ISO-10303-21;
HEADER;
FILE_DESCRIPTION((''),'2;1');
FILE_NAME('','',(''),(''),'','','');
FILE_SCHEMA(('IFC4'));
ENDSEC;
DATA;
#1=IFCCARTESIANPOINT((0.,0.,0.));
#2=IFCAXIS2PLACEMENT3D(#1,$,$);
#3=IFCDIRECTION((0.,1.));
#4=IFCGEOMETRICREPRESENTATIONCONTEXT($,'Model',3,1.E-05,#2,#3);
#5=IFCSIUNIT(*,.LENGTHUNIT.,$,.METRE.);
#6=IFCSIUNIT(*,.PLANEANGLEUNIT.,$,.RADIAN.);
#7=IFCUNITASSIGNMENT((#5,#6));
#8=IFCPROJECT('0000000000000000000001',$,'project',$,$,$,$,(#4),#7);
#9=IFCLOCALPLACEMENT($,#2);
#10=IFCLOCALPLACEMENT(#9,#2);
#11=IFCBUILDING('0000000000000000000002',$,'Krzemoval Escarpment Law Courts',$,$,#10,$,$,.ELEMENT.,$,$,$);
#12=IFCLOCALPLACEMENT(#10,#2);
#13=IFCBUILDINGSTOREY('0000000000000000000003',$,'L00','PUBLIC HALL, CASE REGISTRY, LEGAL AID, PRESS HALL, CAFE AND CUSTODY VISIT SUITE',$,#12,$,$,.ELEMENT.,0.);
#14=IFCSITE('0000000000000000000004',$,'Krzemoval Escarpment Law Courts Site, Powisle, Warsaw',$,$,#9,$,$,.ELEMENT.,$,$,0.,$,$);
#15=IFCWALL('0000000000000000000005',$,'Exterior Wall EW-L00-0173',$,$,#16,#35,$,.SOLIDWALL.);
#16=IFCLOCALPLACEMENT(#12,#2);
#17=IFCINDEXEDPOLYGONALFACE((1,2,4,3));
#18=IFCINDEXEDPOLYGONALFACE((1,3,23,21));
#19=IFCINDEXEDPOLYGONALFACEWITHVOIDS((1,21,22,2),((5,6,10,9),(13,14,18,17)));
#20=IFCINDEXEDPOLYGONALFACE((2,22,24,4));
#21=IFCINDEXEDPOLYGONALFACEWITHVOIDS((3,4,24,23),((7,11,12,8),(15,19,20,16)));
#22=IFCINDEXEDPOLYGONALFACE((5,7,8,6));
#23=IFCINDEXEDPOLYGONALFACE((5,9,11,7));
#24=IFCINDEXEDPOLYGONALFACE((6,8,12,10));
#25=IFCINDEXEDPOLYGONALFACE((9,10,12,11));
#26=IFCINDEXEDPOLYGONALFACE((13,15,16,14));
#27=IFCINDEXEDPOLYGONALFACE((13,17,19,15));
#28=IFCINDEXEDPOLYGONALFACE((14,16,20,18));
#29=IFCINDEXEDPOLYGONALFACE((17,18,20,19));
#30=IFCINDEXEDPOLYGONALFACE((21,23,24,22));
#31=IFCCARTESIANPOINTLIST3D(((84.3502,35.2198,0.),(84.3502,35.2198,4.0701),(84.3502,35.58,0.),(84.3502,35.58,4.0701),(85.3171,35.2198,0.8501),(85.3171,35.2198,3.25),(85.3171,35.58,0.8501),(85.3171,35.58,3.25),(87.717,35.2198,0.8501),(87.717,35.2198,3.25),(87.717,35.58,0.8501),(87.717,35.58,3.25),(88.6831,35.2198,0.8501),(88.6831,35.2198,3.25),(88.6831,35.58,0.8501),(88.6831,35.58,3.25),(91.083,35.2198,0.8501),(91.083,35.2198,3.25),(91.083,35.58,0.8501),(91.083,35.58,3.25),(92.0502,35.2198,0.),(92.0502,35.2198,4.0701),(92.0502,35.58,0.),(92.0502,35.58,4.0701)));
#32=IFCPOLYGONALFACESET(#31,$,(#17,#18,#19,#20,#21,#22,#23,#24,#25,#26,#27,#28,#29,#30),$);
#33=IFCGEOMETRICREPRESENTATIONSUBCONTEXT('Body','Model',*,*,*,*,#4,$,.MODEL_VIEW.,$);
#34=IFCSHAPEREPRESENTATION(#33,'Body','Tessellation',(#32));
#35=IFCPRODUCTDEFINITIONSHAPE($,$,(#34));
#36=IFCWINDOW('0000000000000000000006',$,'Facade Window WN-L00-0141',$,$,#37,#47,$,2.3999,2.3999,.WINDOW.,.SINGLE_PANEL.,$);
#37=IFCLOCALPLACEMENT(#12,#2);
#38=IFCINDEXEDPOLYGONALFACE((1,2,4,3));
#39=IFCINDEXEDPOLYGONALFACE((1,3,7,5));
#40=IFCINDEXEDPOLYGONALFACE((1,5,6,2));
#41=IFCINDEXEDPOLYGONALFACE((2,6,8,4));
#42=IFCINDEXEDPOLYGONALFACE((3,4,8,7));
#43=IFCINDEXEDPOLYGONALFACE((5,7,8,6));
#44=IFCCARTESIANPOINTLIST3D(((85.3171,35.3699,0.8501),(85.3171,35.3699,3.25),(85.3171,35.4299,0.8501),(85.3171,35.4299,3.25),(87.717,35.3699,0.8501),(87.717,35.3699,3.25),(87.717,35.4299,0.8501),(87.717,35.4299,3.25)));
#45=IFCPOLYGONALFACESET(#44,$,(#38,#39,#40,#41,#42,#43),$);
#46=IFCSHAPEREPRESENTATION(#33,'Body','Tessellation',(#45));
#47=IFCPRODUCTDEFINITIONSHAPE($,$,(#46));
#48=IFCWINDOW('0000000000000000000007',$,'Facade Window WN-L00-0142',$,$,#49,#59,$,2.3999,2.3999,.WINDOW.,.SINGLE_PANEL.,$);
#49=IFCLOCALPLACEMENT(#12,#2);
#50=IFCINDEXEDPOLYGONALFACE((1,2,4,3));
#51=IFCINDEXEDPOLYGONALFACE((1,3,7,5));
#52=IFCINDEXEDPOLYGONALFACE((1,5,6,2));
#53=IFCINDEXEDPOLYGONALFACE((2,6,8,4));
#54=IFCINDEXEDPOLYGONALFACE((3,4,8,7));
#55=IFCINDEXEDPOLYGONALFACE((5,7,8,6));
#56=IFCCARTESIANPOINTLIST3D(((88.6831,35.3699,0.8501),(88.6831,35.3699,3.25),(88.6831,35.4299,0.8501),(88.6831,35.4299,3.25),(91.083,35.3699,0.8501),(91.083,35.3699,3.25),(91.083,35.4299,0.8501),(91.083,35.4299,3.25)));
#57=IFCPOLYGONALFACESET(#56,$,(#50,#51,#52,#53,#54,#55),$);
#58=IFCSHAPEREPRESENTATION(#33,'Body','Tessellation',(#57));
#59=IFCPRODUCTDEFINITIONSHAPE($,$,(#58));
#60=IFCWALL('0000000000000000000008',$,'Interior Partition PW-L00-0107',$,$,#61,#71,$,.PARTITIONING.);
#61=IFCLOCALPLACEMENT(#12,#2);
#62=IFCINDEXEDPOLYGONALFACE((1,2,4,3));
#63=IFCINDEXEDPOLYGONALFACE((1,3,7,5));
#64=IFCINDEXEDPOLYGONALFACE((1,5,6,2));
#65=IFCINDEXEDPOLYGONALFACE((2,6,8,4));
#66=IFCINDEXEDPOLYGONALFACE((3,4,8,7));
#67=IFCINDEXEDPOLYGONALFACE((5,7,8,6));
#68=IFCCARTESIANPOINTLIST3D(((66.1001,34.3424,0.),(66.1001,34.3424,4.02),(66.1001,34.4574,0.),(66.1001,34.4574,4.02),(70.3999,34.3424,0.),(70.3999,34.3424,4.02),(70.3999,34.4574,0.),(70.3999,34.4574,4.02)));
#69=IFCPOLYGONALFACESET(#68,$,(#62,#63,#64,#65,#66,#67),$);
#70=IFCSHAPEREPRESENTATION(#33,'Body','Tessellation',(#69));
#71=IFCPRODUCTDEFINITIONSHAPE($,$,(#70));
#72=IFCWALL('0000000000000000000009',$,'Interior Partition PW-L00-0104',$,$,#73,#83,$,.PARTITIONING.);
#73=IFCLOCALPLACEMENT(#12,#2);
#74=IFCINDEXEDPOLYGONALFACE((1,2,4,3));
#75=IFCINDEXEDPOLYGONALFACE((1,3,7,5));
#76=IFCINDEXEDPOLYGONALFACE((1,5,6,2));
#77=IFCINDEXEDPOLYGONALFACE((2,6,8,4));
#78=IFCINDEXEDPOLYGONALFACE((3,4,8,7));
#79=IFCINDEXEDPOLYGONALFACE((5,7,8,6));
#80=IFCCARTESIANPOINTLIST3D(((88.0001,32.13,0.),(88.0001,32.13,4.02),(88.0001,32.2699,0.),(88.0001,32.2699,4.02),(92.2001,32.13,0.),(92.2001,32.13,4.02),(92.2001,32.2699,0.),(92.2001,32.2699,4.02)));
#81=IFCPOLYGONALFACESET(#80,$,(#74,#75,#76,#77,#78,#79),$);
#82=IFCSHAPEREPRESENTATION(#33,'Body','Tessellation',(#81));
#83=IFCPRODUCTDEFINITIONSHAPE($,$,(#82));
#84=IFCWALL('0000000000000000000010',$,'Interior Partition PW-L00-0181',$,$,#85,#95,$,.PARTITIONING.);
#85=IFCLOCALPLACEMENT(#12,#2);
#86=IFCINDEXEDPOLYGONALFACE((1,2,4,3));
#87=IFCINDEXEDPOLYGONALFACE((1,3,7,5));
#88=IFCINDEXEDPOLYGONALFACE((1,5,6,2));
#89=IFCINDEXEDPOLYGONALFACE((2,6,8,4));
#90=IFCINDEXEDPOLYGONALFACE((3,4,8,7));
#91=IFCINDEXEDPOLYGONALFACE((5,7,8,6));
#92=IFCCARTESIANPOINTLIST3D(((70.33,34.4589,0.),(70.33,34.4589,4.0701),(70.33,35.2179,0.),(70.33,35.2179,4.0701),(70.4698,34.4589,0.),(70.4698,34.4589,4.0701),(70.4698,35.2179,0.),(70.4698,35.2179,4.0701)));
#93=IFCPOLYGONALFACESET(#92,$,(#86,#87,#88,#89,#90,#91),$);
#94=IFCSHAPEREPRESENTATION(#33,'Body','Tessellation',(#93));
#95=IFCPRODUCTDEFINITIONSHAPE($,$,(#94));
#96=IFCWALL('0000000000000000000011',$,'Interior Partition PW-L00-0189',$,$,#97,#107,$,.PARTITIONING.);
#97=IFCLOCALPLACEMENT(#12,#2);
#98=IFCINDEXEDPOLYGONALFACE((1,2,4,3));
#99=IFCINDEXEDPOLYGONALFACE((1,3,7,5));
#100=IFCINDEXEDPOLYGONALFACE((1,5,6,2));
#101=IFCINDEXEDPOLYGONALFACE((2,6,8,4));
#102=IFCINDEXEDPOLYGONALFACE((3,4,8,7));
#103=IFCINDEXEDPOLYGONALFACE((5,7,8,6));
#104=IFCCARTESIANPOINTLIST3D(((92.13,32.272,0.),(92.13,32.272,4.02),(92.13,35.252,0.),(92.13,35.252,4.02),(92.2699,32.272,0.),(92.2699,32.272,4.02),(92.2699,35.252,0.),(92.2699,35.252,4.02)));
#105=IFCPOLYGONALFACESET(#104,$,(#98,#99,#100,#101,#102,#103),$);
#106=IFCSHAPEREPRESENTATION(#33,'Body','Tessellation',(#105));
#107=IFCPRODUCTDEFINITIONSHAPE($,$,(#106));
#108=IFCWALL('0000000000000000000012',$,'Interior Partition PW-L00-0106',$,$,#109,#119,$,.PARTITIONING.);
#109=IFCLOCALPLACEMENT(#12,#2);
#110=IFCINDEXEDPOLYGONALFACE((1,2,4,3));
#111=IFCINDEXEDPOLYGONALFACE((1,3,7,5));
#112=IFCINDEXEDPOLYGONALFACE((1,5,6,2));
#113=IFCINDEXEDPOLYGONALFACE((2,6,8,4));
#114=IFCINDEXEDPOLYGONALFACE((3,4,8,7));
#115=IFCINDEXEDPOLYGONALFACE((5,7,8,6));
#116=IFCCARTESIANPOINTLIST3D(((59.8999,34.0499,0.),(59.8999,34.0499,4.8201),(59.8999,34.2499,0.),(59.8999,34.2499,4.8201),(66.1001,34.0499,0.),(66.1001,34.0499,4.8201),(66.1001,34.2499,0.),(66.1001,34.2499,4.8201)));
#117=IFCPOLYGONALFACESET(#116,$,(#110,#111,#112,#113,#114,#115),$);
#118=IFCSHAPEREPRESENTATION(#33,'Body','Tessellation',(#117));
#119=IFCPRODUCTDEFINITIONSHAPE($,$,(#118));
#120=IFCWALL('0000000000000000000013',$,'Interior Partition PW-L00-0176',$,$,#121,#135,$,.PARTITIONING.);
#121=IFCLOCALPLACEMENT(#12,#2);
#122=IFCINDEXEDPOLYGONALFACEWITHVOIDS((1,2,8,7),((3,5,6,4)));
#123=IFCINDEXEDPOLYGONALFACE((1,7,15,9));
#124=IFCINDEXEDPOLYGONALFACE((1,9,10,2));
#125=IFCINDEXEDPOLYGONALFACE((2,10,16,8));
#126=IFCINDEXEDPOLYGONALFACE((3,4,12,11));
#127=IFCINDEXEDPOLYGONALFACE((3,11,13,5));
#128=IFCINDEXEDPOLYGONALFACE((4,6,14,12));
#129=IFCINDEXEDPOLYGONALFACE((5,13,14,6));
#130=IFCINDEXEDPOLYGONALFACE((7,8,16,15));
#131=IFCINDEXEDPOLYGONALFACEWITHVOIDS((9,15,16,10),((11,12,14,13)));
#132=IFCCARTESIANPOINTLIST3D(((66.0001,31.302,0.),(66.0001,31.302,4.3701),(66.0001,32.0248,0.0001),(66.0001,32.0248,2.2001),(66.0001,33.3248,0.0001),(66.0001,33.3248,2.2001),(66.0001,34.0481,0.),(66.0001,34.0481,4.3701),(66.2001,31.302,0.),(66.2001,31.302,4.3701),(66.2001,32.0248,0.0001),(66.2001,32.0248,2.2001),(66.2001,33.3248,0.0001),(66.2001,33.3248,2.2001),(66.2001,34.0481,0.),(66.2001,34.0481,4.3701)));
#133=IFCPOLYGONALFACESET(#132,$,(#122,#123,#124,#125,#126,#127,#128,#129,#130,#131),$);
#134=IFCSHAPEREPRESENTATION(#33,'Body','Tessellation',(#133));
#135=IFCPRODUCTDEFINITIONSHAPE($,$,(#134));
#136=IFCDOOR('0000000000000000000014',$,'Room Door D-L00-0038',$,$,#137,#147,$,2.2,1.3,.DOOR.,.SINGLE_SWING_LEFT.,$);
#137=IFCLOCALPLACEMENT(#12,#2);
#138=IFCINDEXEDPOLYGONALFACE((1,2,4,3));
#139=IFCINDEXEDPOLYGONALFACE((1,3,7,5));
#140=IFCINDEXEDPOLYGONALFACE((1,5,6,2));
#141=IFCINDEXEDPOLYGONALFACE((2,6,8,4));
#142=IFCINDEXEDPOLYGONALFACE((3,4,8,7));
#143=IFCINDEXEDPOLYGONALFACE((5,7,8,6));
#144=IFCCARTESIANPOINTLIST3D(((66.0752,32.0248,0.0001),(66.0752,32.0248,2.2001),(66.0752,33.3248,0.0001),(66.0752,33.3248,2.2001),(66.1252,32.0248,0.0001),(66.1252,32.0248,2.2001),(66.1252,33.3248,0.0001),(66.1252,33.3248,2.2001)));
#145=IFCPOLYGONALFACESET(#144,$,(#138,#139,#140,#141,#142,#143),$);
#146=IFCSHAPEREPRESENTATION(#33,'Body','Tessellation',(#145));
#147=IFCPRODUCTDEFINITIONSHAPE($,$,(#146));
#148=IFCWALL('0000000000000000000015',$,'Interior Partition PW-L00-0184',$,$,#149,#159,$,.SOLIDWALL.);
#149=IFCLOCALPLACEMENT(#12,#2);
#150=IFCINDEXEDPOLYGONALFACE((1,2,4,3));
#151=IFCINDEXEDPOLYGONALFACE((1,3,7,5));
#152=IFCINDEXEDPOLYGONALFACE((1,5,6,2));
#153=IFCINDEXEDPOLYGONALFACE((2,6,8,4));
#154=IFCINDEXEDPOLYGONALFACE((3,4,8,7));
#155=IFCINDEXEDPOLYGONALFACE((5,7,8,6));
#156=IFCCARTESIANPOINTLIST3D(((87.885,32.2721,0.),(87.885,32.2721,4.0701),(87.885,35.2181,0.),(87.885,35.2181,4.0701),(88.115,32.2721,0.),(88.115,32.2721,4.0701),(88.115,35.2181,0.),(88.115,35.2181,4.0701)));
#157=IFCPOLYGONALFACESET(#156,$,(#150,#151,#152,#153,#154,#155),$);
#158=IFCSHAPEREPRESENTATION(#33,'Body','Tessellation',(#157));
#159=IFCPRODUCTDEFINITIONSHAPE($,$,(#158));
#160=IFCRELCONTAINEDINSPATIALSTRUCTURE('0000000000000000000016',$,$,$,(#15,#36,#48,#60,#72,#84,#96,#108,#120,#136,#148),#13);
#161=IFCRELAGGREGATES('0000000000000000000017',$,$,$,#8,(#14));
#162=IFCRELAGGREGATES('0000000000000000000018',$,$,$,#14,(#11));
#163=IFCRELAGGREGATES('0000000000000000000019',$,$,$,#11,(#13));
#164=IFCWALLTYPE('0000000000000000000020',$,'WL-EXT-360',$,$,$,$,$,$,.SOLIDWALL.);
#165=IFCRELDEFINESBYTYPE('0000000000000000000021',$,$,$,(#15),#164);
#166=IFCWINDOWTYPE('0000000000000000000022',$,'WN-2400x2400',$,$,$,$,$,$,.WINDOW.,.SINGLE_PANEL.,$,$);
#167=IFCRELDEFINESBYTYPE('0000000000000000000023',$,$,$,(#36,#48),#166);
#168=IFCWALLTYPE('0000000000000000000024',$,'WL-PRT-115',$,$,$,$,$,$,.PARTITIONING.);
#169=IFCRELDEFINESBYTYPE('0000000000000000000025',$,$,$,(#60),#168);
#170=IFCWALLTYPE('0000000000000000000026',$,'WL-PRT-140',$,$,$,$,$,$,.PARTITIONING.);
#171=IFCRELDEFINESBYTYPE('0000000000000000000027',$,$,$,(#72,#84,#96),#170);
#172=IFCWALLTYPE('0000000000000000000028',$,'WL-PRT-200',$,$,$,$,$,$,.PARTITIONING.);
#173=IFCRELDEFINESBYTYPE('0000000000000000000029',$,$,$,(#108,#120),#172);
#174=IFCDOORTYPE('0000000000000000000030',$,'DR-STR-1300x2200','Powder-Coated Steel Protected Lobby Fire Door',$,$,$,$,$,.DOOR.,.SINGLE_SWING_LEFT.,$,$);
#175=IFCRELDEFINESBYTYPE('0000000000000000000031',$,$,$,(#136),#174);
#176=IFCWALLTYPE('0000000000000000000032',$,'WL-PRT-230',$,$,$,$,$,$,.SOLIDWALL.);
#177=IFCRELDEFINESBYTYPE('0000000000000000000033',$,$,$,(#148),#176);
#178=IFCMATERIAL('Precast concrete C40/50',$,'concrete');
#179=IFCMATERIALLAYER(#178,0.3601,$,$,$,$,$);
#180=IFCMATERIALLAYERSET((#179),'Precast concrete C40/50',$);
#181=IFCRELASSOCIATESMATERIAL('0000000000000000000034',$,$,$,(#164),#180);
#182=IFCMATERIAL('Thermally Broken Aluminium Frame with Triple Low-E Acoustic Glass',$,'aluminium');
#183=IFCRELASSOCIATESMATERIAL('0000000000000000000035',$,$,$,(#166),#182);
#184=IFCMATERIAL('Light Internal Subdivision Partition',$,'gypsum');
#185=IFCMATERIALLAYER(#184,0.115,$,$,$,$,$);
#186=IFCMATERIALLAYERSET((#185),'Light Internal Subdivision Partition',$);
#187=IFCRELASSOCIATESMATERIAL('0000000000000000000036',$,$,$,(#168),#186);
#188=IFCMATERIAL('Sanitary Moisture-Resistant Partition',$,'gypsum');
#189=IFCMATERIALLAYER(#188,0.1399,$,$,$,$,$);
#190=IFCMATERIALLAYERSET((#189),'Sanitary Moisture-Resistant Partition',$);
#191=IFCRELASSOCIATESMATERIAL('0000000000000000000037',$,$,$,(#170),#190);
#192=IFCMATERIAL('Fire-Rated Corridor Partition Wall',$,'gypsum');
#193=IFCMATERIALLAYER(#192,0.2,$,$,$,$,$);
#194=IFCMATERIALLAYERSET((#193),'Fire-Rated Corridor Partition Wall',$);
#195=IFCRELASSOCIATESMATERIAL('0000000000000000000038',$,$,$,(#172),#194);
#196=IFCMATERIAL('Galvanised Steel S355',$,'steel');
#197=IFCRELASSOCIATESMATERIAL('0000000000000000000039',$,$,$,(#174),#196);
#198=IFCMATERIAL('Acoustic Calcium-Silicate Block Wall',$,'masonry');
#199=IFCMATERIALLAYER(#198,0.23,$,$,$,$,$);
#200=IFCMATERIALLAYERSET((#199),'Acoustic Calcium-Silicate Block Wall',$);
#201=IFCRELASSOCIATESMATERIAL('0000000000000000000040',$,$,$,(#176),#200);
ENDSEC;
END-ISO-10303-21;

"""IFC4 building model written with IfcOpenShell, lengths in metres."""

from ifc_helpers import new_model, si_unit, direction, frame, frame_2d, origin, place, context, subcontext, project, spatial, rectangle, extrude, material, layer, layer_set, type_object, element, fill, save


model = new_model("IFC4")

# Units and contexts
model_context = context("Model", 3, precision=1e-05, world=origin(), true_north=direction((0.0, 1.0)))
body_context = subcontext(model_context, "Body", "Model", "MODEL_VIEW")
ifc_project = project(units=[si_unit("LENGTHUNIT", "METRE"), si_unit("PLANEANGLEUNIT", "RADIAN")], contexts=[model_context])

# Site, building, storey
site_placement = place(None, origin())
site = spatial("IfcSite", under=ifc_project, at=site_placement, Name="Krzemoval Escarpment Law Courts Site, Powisle, Warsaw", CompositionType="ELEMENT", RefElevation=0.0)
building_placement = place(site_placement, origin())
building = spatial("IfcBuilding", under=site, at=building_placement, Name="Krzemoval Escarpment Law Courts", CompositionType="ELEMENT")
storey_placement = place(building_placement, origin())
storey = spatial("IfcBuildingStorey", under=building, at=storey_placement, Name="L00", Description="PUBLIC HALL, CASE REGISTRY, LEGAL AID, PRESS HALL, CAFE AND CUSTODY VISIT SUITE", CompositionType="ELEMENT", Elevation=0.0)

# Shared definitions
ifc_material_1 = material(Name="Precast concrete C40/50", Category="concrete")
ifc_layer_1 = layer(ifc_material_1, 0.3601)
ifc_layer_set_1 = layer_set([ifc_layer_1], Name="Precast concrete C40/50")
wall_type_1 = type_object("IfcWallType", Name="WL-EXT-360", PredefinedType="SOLIDWALL", material=ifc_layer_set_1)
ifc_material_2 = material(Name="Thermally Broken Aluminium Frame with Triple Low-E Acoustic Glass", Category="aluminium")
window_type = type_object("IfcWindowType", Name="WN-2400x2400", PartitioningType="SINGLE_PANEL", PredefinedType="WINDOW", material=ifc_material_2)

# Wall, openings, windows
wall_1_placement = place(storey_placement, frame((84.3501, 35.3999, 0.0), z_axis=(0.0, 0.0, 1.0), x_axis=(1.0, 0.0, 0.0)))
wall_1 = element("IfcWall", 1, at=wall_1_placement, inside=storey, type_object=wall_type_1, Name="Exterior Wall EW-L00-0173", PredefinedType="SOLIDWALL", context=body_context, shape_type="SweptSolid", body=[
    extrude(rectangle(XDim=7.7, YDim=0.3601, at=frame_2d((3.8501, 0.0))), origin(), (0.0, 0.0, 1.0), 4.0701),
])
opening_1_placement = place(wall_1_placement, frame((0.967, 0.0, 0.8501)))
opening_1 = element("IfcOpeningElement", 2, at=opening_1_placement, cuts=wall_1, PredefinedType="OPENING", context=body_context, shape_type="SweptSolid", body=[
    extrude(rectangle(XDim=2.3999, YDim=2.3999, at=frame_2d((1.2, 1.2))), frame((0.0, 0.1951, 0.0), z_axis=(0.0, -1.0, 0.0), x_axis=(1.0, 0.0, 0.0)), (0.0, 0.0, 1.0), 0.3901),
])
opening_2_placement = place(wall_1_placement, frame((4.333, 0.0, 0.8501)))
opening_2 = element("IfcOpeningElement", 3, at=opening_2_placement, cuts=wall_1, PredefinedType="OPENING", context=body_context, shape_type="SweptSolid", body=[
    extrude(rectangle(XDim=2.3999, YDim=2.3999, at=frame_2d((1.2, 1.2))), frame((0.0, 0.1951, 0.0), z_axis=(0.0, -1.0, 0.0), x_axis=(1.0, 0.0, 0.0)), (0.0, 0.0, 1.0), 0.3901),
])
window_1_placement = place(opening_1_placement, origin())
window_1 = element("IfcWindow", 4, at=window_1_placement, inside=storey, type_object=window_type, Name="Facade Window WN-L00-0141", OverallHeight=2.3999, OverallWidth=2.3999, PartitioningType="SINGLE_PANEL", PredefinedType="WINDOW", context=body_context, shape_type="SweptSolid", body=[
    extrude(rectangle(XDim=2.3999, YDim=2.3999, at=frame_2d((1.2, 1.2))), frame((0.0, 0.03, 0.0), z_axis=(0.0, -1.0, 0.0), x_axis=(1.0, 0.0, 0.0)), (0.0, 0.0, 1.0), 0.0601),
])
fill(opening_1, window_1)
window_2_placement = place(opening_2_placement, origin())
window_2 = element("IfcWindow", 5, at=window_2_placement, inside=storey, type_object=window_type, Name="Facade Window WN-L00-0142", OverallHeight=2.3999, OverallWidth=2.3999, PartitioningType="SINGLE_PANEL", PredefinedType="WINDOW", context=body_context, shape_type="SweptSolid", body=[
    extrude(rectangle(XDim=2.3999, YDim=2.3999, at=frame_2d((1.2, 1.2))), frame((0.0, 0.03, 0.0), z_axis=(0.0, -1.0, 0.0), x_axis=(1.0, 0.0, 0.0)), (0.0, 0.0, 1.0), 0.0601),
])
fill(opening_2, window_2)

# Walls
ifc_material_3 = material(Name="Light Internal Subdivision Partition", Category="gypsum")
ifc_layer_2 = layer(ifc_material_3, 0.115)
ifc_layer_set_2 = layer_set([ifc_layer_2], Name="Light Internal Subdivision Partition")
wall_type_2 = type_object("IfcWallType", Name="WL-PRT-115", PredefinedType="PARTITIONING", material=ifc_layer_set_2)
wall_2_placement = place(storey_placement, frame((66.1001, 34.3999, 0.0), z_axis=(0.0, 0.0, 1.0), x_axis=(1.0, 0.0, 0.0)))
element("IfcWall", 6, at=wall_2_placement, inside=storey, type_object=wall_type_2, Name="Interior Partition PW-L00-0107", PredefinedType="PARTITIONING", context=body_context, shape_type="SweptSolid", body=[
    extrude(rectangle(XDim=4.2998, YDim=0.115, at=frame_2d((2.1499, 0.0))), origin(), (0.0, 0.0, 1.0), 4.02),
])
ifc_material_4 = material(Name="Sanitary Moisture-Resistant Partition", Category="gypsum")
ifc_layer_3 = layer(ifc_material_4, 0.1399)
ifc_layer_set_3 = layer_set([ifc_layer_3], Name="Sanitary Moisture-Resistant Partition")
wall_type_3 = type_object("IfcWallType", Name="WL-PRT-140", PredefinedType="PARTITIONING", material=ifc_layer_set_3)
wall_3_placement = place(storey_placement, frame((88.0, 32.2, 0.0), z_axis=(0.0, 0.0, 1.0), x_axis=(1.0, 0.0, 0.0)))
element("IfcWall", 7, at=wall_3_placement, inside=storey, type_object=wall_type_3, Name="Interior Partition PW-L00-0104", PredefinedType="PARTITIONING", context=body_context, shape_type="SweptSolid", body=[
    extrude(rectangle(XDim=4.2, YDim=0.1399, at=frame_2d((2.1001, 0.0))), origin(), (0.0, 0.0, 1.0), 4.02),
])
wall_4_placement = place(storey_placement, frame((70.3999, 34.459, 0.0), z_axis=(0.0, 0.0, 1.0), x_axis=(0.0, 1.0, 0.0)))
element("IfcWall", 8, at=wall_4_placement, inside=storey, type_object=wall_type_3, Name="Interior Partition PW-L00-0181", PredefinedType="PARTITIONING", context=body_context, shape_type="SweptSolid", body=[
    extrude(rectangle(XDim=0.759, YDim=0.1399, at=frame_2d((0.3794, 0.0))), origin(), (0.0, 0.0, 1.0), 4.0701),
])
wall_5_placement = place(storey_placement, frame((92.2, 32.272, 0.0), z_axis=(0.0, 0.0, 1.0), x_axis=(0.0, 1.0, 0.0)))
element("IfcWall", 9, at=wall_5_placement, inside=storey, type_object=wall_type_3, Name="Interior Partition PW-L00-0189", PredefinedType="PARTITIONING", context=body_context, shape_type="SweptSolid", body=[
    extrude(rectangle(XDim=2.98, YDim=0.1399, at=frame_2d((1.49, 0.0))), origin(), (0.0, 0.0, 1.0), 4.02),
])
ifc_material_5 = material(Name="Fire-Rated Corridor Partition Wall", Category="gypsum")
ifc_layer_4 = layer(ifc_material_5, 0.2)
ifc_layer_set_4 = layer_set([ifc_layer_4], Name="Fire-Rated Corridor Partition Wall")
wall_type_4 = type_object("IfcWallType", Name="WL-PRT-200", PredefinedType="PARTITIONING", material=ifc_layer_set_4)
wall_6_placement = place(storey_placement, frame((59.8999, 34.1499, 0.0), z_axis=(0.0, 0.0, 1.0), x_axis=(1.0, 0.0, 0.0)))
element("IfcWall", 10, at=wall_6_placement, inside=storey, type_object=wall_type_4, Name="Interior Partition PW-L00-0106", PredefinedType="PARTITIONING", context=body_context, shape_type="SweptSolid", body=[
    extrude(rectangle(XDim=6.2002, YDim=0.2, at=frame_2d((3.1001, 0.0))), origin(), (0.0, 0.0, 1.0), 4.8201),
])

# Wall, opening, door
wall_7_placement = place(storey_placement, frame((66.1001, 31.302, 0.0), z_axis=(0.0, 0.0, 1.0), x_axis=(0.0, 1.0, 0.0)))
wall_7 = element("IfcWall", 11, at=wall_7_placement, inside=storey, type_object=wall_type_4, Name="Interior Partition PW-L00-0176", PredefinedType="PARTITIONING", context=body_context, shape_type="SweptSolid", body=[
    extrude(rectangle(XDim=2.7461, YDim=0.2, at=frame_2d((1.373, 0.0))), origin(), (0.0, 0.0, 1.0), 4.3701),
])
opening_3_placement = place(wall_7_placement, frame((0.7229, 0.0, 0.0)))
opening_3 = element("IfcOpeningElement", 12, at=opening_3_placement, cuts=wall_7, PredefinedType="OPENING", context=body_context, shape_type="SweptSolid", body=[
    extrude(rectangle(XDim=1.3, YDim=2.2, at=frame_2d((0.6499, 1.1001))), frame((0.0, 0.115, 0.0), z_axis=(0.0, -1.0, 0.0), x_axis=(1.0, 0.0, 0.0)), (0.0, 0.0, 1.0), 0.2299),
])
ifc_material_6 = material(Name="Galvanised Steel S355", Category="steel")
door_type = type_object("IfcDoorType", Name="DR-STR-1300x2200", Description="Powder-Coated Steel Protected Lobby Fire Door", OperationType="SINGLE_SWING_LEFT", PredefinedType="DOOR", material=ifc_material_6)
door_placement = place(opening_3_placement, origin())
door = element("IfcDoor", 13, at=door_placement, inside=storey, type_object=door_type, Name="Room Door D-L00-0038", OperationType="SINGLE_SWING_LEFT", OverallHeight=2.2, OverallWidth=1.3, PredefinedType="DOOR", context=body_context, shape_type="SweptSolid", body=[
    extrude(rectangle(XDim=1.3, YDim=2.2, at=frame_2d((0.6499, 1.1001))), frame((0.0, 0.0249, 0.0), z_axis=(0.0, -1.0, 0.0), x_axis=(1.0, 0.0, 0.0)), (0.0, 0.0, 1.0), 0.05),
])
fill(opening_3, door)

# Wall
ifc_material_7 = material(Name="Acoustic Calcium-Silicate Block Wall", Category="masonry")
ifc_layer_5 = layer(ifc_material_7, 0.23)
ifc_layer_set_5 = layer_set([ifc_layer_5], Name="Acoustic Calcium-Silicate Block Wall")
wall_type_5 = type_object("IfcWallType", Name="WL-PRT-230", PredefinedType="SOLIDWALL", material=ifc_layer_set_5)
wall_8_placement = place(storey_placement, frame((88.0, 32.272, 0.0), z_axis=(0.0, 0.0, 1.0), x_axis=(0.0, 1.0, 0.0)))
element("IfcWall", 14, at=wall_8_placement, inside=storey, type_object=wall_type_5, Name="Interior Partition PW-L00-0184", PredefinedType="SOLIDWALL", context=body_context, shape_type="SweptSolid", body=[
    extrude(rectangle(XDim=2.946, YDim=0.23, at=frame_2d((1.4731, 0.0))), origin(), (0.0, 0.0, 1.0), 4.0701),
])

save(model, "model.ifc")
